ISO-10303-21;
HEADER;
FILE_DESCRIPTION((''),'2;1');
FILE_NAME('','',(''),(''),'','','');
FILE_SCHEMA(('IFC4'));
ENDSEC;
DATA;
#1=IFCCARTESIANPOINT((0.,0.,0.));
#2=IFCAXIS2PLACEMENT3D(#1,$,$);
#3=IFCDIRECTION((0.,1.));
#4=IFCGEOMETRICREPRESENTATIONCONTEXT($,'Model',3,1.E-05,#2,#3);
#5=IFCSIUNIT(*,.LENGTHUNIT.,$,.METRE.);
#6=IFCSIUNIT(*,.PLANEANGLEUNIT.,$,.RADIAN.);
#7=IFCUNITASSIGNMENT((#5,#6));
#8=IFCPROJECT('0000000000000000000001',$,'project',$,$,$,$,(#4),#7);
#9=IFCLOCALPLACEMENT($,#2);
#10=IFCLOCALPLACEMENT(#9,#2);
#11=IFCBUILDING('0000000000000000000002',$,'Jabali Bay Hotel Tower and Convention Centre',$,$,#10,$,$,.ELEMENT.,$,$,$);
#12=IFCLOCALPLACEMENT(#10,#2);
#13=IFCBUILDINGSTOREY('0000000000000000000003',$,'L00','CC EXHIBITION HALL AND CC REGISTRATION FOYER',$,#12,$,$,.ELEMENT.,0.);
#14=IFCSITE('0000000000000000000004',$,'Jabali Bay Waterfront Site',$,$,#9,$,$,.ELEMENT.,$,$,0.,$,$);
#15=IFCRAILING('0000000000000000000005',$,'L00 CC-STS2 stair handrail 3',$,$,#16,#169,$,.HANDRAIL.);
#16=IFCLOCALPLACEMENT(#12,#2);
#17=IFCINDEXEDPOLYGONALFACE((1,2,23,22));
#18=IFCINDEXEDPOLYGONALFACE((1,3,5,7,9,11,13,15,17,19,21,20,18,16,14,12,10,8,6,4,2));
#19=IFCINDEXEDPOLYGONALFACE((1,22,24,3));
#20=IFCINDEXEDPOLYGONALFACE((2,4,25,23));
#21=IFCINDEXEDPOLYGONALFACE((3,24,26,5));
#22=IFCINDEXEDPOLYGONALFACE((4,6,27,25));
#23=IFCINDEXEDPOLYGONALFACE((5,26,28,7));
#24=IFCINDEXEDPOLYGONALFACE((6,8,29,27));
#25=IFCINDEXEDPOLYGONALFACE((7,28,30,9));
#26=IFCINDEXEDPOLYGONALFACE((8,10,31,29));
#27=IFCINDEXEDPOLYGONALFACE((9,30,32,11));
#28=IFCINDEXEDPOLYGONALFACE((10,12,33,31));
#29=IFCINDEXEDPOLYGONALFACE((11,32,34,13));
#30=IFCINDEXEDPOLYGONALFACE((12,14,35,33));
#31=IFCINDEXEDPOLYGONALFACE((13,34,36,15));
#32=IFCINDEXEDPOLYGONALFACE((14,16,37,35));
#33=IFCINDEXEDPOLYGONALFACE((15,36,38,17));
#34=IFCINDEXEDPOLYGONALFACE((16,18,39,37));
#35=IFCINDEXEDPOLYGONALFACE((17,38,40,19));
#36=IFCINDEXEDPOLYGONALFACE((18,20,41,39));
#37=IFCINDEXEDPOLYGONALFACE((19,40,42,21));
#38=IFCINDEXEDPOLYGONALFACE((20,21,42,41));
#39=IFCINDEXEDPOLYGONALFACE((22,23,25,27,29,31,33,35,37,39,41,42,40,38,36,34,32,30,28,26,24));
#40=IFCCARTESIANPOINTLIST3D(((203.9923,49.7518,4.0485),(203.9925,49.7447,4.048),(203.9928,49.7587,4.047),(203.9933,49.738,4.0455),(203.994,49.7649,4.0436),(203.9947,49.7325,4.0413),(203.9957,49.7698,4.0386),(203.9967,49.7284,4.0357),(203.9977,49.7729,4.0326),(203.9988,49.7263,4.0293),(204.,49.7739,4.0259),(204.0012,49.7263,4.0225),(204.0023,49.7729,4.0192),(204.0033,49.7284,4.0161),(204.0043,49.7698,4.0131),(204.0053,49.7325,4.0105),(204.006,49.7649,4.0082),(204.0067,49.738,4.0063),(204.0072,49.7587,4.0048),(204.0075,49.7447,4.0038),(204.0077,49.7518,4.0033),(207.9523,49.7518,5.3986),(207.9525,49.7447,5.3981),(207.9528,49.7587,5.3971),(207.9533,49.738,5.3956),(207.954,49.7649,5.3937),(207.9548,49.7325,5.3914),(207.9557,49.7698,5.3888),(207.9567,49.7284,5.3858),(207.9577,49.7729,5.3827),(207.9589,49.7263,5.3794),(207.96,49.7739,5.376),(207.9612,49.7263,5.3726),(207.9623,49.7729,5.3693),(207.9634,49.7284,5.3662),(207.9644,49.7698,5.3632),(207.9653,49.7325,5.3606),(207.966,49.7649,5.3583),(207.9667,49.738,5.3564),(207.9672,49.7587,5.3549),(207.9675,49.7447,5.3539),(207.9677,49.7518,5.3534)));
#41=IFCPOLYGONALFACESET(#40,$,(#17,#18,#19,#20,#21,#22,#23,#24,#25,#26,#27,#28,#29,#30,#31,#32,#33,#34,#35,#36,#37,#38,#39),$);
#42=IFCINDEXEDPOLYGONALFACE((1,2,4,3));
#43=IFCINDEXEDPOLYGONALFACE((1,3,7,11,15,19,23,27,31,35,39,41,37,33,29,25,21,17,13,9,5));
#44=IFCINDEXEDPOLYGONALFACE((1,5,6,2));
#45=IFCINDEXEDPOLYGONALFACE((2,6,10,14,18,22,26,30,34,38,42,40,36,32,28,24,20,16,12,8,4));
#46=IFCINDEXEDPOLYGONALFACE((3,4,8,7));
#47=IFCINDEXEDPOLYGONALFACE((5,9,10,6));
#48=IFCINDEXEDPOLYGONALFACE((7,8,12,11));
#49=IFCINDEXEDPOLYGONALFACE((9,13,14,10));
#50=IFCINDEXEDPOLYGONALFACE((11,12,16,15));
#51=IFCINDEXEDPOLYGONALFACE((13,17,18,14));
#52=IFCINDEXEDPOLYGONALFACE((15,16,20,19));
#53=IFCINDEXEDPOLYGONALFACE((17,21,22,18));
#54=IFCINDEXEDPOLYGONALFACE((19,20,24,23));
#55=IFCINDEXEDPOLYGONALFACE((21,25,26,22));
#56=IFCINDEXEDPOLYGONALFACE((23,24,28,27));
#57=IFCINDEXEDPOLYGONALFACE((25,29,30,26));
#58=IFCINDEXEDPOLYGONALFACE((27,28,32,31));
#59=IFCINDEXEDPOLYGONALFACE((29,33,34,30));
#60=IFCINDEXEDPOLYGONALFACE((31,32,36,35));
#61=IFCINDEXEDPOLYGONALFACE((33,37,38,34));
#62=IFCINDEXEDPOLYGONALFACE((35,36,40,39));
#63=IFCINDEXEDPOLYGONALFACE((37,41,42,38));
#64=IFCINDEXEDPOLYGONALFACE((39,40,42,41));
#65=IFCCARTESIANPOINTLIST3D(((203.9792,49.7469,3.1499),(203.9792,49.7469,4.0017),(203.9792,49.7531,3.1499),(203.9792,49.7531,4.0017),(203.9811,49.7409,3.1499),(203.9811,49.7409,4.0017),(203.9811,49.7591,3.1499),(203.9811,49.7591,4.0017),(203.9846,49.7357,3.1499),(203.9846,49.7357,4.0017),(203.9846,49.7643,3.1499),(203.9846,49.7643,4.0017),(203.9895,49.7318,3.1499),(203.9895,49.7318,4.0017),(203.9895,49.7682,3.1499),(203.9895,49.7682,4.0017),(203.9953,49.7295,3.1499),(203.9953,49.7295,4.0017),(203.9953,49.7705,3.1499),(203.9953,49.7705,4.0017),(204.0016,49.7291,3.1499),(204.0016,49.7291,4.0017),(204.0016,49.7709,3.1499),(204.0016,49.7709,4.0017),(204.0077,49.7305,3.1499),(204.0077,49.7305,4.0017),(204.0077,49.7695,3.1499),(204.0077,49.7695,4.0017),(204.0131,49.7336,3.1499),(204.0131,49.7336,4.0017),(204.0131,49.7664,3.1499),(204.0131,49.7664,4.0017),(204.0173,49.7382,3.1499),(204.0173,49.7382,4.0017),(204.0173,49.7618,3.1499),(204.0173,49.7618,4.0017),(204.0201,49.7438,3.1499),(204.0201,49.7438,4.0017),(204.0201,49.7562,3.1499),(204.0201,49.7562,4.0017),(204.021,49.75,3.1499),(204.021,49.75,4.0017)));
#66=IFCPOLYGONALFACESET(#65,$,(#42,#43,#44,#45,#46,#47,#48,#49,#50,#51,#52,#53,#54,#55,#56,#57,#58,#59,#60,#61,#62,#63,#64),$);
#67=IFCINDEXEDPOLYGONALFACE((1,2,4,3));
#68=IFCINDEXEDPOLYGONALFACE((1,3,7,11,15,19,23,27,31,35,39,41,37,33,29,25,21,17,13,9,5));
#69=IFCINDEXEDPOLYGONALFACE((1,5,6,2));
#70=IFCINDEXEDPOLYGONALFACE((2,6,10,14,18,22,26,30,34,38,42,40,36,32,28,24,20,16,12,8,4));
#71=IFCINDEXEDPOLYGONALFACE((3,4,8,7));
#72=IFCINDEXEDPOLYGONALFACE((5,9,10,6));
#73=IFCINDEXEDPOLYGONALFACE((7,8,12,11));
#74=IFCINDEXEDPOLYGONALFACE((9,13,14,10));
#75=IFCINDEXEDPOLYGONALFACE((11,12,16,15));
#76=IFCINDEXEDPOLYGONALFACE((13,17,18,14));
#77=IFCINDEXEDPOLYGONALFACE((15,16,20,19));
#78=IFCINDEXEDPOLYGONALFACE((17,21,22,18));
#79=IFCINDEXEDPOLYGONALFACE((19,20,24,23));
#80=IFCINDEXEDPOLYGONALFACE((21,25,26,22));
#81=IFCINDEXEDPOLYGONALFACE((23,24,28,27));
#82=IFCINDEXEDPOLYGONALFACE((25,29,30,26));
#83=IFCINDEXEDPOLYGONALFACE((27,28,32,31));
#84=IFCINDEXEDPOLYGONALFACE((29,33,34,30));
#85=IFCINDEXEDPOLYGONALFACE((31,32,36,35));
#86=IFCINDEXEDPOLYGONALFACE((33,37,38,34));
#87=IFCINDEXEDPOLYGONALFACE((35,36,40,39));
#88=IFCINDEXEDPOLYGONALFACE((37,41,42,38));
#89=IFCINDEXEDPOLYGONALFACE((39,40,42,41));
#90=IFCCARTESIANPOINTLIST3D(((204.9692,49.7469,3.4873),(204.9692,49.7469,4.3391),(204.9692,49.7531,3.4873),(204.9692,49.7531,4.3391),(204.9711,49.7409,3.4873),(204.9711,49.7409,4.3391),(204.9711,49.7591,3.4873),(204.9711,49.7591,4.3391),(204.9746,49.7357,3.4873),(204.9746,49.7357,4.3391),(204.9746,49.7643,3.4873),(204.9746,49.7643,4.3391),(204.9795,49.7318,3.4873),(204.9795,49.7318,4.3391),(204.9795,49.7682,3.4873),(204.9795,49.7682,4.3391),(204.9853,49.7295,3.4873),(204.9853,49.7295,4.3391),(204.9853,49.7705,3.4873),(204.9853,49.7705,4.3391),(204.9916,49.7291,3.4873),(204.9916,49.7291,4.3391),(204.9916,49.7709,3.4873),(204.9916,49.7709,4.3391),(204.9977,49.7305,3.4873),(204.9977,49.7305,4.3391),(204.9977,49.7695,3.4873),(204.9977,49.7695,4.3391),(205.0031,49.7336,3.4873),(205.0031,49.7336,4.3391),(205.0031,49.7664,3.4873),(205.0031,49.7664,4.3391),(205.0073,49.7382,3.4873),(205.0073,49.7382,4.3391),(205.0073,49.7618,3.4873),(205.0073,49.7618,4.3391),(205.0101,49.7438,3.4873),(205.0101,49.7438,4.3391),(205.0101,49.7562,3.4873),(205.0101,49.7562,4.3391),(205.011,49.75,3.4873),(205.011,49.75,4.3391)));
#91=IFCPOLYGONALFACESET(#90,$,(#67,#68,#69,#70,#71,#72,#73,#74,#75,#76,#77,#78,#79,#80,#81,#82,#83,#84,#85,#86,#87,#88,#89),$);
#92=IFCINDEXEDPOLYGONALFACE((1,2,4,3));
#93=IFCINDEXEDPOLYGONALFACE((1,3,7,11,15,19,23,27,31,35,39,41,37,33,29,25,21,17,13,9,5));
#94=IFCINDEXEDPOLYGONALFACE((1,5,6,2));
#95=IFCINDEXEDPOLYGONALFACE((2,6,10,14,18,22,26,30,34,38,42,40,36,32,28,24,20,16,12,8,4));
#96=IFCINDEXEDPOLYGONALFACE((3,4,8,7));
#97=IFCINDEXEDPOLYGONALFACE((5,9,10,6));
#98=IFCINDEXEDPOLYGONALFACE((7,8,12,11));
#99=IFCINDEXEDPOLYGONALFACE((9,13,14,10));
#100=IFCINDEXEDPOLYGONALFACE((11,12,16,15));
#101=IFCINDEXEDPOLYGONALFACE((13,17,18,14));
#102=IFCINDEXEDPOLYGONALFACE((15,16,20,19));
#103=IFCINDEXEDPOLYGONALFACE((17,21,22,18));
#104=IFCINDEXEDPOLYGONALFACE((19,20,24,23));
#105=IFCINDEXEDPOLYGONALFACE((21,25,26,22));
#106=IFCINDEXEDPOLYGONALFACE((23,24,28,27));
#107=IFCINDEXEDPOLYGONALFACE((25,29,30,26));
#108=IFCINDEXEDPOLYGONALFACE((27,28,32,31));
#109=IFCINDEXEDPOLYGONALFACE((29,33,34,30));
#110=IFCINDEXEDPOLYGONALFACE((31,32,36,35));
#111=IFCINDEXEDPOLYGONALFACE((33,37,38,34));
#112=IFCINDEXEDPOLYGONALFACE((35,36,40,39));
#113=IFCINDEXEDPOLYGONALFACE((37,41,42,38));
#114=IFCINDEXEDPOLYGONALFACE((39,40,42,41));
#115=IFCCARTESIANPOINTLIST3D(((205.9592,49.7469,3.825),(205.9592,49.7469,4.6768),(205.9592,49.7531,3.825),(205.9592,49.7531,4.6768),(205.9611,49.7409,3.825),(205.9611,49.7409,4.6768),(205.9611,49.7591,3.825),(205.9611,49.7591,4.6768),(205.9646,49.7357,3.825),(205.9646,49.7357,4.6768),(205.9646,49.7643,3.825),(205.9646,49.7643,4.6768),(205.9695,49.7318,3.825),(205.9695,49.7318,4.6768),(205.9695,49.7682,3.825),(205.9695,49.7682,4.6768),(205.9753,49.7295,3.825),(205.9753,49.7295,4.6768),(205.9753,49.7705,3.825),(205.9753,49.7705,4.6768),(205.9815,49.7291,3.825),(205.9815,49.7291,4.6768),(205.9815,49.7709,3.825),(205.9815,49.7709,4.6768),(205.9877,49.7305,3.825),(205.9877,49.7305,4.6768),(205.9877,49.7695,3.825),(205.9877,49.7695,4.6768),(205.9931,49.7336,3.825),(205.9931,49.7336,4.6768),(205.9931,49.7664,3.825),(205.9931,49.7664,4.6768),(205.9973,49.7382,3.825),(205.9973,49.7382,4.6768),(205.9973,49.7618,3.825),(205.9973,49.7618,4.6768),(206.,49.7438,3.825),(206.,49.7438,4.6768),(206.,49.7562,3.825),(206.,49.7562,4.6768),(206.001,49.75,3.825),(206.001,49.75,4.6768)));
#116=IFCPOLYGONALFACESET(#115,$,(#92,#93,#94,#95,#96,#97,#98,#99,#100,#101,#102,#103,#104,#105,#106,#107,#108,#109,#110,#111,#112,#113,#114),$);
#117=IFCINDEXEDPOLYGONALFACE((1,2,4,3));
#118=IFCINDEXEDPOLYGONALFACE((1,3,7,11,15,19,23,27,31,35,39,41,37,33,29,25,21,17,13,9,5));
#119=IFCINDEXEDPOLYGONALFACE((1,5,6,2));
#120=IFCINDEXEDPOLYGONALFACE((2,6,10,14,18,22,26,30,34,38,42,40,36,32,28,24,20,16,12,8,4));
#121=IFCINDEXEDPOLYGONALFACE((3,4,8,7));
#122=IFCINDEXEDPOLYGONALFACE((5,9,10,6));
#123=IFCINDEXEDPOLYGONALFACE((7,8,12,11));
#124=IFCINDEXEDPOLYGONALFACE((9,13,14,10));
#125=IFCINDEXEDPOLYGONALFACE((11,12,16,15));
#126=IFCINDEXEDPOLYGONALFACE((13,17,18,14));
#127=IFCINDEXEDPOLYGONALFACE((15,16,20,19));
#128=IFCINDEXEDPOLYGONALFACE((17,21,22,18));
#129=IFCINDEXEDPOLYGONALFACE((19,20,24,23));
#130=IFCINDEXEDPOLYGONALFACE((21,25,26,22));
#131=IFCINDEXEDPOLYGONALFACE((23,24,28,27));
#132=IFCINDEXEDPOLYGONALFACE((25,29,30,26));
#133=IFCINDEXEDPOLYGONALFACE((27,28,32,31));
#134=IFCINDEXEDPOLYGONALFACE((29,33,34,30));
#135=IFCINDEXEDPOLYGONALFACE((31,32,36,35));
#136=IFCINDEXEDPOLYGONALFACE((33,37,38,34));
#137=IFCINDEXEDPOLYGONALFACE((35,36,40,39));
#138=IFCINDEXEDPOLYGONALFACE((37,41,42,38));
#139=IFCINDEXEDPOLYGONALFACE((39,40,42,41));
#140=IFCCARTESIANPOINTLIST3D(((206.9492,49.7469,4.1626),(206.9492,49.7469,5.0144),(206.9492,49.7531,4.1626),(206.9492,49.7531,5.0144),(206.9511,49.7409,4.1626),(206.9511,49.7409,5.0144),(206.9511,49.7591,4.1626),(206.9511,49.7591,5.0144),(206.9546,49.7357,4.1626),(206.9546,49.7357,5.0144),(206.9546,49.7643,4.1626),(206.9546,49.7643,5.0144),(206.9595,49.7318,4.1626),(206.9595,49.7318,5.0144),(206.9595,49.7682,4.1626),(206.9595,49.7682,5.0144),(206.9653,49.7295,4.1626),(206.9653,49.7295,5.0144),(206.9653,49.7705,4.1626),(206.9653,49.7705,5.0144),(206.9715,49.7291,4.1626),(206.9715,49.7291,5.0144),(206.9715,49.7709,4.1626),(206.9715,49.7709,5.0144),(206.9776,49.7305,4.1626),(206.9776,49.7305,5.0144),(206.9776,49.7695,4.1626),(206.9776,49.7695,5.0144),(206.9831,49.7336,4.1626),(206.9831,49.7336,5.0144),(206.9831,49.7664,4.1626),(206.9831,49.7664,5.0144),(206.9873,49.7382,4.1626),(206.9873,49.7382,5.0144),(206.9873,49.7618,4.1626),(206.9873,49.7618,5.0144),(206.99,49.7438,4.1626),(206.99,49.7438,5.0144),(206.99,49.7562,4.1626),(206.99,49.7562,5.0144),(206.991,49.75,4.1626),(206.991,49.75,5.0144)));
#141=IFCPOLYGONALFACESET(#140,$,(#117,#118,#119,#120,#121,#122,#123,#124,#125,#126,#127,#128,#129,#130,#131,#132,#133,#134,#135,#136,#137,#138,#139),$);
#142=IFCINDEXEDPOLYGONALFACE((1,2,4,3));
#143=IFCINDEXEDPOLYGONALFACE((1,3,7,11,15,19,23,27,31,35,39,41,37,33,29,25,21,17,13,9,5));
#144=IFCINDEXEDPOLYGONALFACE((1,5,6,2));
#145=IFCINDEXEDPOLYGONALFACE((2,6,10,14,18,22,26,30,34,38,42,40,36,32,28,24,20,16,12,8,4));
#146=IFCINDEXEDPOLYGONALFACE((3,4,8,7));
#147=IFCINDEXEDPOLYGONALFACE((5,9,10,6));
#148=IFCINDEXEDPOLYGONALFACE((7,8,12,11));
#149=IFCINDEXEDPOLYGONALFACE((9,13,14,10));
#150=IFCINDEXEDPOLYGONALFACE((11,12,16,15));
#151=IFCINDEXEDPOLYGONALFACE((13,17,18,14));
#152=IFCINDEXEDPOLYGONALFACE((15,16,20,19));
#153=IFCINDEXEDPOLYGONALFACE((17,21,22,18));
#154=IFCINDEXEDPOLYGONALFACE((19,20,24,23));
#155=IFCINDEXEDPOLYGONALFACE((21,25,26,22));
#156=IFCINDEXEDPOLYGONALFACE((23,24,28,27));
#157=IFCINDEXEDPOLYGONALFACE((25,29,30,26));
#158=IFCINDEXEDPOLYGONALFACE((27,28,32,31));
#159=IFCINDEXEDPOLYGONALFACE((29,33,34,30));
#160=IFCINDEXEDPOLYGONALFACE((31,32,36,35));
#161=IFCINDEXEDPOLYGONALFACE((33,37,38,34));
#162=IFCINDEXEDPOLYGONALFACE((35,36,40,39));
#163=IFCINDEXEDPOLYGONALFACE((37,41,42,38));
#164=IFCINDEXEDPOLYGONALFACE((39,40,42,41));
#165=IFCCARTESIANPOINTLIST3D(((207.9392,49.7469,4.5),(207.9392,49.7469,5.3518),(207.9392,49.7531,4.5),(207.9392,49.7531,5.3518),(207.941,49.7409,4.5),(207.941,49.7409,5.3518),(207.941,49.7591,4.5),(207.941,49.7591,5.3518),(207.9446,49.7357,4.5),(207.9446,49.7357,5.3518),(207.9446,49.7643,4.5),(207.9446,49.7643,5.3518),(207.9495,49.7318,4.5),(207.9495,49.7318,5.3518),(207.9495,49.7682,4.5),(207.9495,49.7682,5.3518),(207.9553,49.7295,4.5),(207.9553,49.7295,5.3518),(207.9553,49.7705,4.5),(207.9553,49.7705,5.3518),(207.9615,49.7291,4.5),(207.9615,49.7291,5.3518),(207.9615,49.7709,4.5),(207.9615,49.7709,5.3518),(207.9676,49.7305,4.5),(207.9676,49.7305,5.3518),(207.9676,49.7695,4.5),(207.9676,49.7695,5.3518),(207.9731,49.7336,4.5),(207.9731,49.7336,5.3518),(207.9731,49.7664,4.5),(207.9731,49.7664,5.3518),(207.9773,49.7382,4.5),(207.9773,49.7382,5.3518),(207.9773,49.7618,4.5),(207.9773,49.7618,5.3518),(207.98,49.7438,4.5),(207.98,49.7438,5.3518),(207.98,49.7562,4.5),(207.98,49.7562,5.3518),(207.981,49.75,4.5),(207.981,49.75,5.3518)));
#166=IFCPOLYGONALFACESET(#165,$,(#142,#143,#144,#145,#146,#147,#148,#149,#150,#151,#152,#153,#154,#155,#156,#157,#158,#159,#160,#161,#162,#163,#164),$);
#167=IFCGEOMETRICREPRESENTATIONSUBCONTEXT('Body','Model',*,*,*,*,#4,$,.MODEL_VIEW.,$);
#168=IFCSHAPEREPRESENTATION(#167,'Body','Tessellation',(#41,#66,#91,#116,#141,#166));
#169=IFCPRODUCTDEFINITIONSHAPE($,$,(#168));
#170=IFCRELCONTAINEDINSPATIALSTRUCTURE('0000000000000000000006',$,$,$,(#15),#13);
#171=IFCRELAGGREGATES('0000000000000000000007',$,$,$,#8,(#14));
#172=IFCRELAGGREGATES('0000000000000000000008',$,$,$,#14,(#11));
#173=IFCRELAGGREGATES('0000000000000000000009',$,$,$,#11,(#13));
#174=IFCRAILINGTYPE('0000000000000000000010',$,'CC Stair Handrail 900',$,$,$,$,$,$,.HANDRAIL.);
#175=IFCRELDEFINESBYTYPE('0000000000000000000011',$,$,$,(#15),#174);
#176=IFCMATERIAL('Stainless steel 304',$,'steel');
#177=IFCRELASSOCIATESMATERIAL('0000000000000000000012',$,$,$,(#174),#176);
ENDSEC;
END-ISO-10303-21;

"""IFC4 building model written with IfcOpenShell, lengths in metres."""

from ifc_helpers import new_model, si_unit, direction, frame, origin, origin_2d, place, context, subcontext, project, spatial, circle, extrude, material, type_object, element, save


model = new_model("IFC4")

# Units and contexts
model_context = context("Model", 3, precision=1e-05, world=origin(), true_north=direction((0.0, 1.0)))
body_context = subcontext(model_context, "Body", "Model", "MODEL_VIEW")
ifc_project = project(units=[si_unit("LENGTHUNIT", "METRE"), si_unit("PLANEANGLEUNIT", "RADIAN")], contexts=[model_context])

# Site, building, storey
site_placement = place(None, origin())
site = spatial("IfcSite", under=ifc_project, at=site_placement, Name="Jabali Bay Waterfront Site", CompositionType="ELEMENT", RefElevation=0.0)
building_placement = place(site_placement, origin())
building = spatial("IfcBuilding", under=site, at=building_placement, Name="Jabali Bay Hotel Tower and Convention Centre", CompositionType="ELEMENT")
storey_placement = place(building_placement, origin())
storey = spatial("IfcBuildingStorey", under=building, at=storey_placement, Name="L00", Description="CC EXHIBITION HALL AND CC REGISTRATION FOYER", CompositionType="ELEMENT", Elevation=0.0)

# Railing
ifc_material_1 = material(Name="Stainless steel 304", Category="steel")
railing_type_1 = type_object("IfcRailingType", Name="CC Stair Handrail 900", PredefinedType="HANDRAIL", material=ifc_material_1)
railing_1_placement = place(storey_placement, frame((204.0, 49.75, 3.1499)))
element("IfcRailing", 1, at=railing_1_placement, inside=storey, type_object=railing_type_1, Name="L00 CC-STS2 stair handrail 3", PredefinedType="HANDRAIL", context=body_context, shape_type="SweptSolid", body=[
    extrude(circle(Radius=0.0239, at=origin_2d()), frame((0.0, 0.0, 0.876), z_axis=(0.946502, 0.0, 0.322698), x_axis=(0.0, 1.0, 0.0)), (0.0, 0.0, 1.0), 4.1838),
    extrude(circle(Radius=0.021, at=origin_2d()), origin(), (0.0, 0.0, 1.0), 0.8518),
    extrude(circle(Radius=0.021, at=origin_2d()), frame((0.99, 0.0, 0.3374)), (0.0, 0.0, 1.0), 0.8518),
    extrude(circle(Radius=0.021, at=origin_2d()), frame((1.98, 0.0, 0.675)), (0.0, 0.0, 1.0), 0.8518),
    extrude(circle(Radius=0.021, at=origin_2d()), frame((2.97, 0.0, 1.0127)), (0.0, 0.0, 1.0), 0.8518),
    extrude(circle(Radius=0.021, at=origin_2d()), frame((3.96, 0.0, 1.3501)), (0.0, 0.0, 1.0), 0.8518),
])

save(model, "model.ifc")
